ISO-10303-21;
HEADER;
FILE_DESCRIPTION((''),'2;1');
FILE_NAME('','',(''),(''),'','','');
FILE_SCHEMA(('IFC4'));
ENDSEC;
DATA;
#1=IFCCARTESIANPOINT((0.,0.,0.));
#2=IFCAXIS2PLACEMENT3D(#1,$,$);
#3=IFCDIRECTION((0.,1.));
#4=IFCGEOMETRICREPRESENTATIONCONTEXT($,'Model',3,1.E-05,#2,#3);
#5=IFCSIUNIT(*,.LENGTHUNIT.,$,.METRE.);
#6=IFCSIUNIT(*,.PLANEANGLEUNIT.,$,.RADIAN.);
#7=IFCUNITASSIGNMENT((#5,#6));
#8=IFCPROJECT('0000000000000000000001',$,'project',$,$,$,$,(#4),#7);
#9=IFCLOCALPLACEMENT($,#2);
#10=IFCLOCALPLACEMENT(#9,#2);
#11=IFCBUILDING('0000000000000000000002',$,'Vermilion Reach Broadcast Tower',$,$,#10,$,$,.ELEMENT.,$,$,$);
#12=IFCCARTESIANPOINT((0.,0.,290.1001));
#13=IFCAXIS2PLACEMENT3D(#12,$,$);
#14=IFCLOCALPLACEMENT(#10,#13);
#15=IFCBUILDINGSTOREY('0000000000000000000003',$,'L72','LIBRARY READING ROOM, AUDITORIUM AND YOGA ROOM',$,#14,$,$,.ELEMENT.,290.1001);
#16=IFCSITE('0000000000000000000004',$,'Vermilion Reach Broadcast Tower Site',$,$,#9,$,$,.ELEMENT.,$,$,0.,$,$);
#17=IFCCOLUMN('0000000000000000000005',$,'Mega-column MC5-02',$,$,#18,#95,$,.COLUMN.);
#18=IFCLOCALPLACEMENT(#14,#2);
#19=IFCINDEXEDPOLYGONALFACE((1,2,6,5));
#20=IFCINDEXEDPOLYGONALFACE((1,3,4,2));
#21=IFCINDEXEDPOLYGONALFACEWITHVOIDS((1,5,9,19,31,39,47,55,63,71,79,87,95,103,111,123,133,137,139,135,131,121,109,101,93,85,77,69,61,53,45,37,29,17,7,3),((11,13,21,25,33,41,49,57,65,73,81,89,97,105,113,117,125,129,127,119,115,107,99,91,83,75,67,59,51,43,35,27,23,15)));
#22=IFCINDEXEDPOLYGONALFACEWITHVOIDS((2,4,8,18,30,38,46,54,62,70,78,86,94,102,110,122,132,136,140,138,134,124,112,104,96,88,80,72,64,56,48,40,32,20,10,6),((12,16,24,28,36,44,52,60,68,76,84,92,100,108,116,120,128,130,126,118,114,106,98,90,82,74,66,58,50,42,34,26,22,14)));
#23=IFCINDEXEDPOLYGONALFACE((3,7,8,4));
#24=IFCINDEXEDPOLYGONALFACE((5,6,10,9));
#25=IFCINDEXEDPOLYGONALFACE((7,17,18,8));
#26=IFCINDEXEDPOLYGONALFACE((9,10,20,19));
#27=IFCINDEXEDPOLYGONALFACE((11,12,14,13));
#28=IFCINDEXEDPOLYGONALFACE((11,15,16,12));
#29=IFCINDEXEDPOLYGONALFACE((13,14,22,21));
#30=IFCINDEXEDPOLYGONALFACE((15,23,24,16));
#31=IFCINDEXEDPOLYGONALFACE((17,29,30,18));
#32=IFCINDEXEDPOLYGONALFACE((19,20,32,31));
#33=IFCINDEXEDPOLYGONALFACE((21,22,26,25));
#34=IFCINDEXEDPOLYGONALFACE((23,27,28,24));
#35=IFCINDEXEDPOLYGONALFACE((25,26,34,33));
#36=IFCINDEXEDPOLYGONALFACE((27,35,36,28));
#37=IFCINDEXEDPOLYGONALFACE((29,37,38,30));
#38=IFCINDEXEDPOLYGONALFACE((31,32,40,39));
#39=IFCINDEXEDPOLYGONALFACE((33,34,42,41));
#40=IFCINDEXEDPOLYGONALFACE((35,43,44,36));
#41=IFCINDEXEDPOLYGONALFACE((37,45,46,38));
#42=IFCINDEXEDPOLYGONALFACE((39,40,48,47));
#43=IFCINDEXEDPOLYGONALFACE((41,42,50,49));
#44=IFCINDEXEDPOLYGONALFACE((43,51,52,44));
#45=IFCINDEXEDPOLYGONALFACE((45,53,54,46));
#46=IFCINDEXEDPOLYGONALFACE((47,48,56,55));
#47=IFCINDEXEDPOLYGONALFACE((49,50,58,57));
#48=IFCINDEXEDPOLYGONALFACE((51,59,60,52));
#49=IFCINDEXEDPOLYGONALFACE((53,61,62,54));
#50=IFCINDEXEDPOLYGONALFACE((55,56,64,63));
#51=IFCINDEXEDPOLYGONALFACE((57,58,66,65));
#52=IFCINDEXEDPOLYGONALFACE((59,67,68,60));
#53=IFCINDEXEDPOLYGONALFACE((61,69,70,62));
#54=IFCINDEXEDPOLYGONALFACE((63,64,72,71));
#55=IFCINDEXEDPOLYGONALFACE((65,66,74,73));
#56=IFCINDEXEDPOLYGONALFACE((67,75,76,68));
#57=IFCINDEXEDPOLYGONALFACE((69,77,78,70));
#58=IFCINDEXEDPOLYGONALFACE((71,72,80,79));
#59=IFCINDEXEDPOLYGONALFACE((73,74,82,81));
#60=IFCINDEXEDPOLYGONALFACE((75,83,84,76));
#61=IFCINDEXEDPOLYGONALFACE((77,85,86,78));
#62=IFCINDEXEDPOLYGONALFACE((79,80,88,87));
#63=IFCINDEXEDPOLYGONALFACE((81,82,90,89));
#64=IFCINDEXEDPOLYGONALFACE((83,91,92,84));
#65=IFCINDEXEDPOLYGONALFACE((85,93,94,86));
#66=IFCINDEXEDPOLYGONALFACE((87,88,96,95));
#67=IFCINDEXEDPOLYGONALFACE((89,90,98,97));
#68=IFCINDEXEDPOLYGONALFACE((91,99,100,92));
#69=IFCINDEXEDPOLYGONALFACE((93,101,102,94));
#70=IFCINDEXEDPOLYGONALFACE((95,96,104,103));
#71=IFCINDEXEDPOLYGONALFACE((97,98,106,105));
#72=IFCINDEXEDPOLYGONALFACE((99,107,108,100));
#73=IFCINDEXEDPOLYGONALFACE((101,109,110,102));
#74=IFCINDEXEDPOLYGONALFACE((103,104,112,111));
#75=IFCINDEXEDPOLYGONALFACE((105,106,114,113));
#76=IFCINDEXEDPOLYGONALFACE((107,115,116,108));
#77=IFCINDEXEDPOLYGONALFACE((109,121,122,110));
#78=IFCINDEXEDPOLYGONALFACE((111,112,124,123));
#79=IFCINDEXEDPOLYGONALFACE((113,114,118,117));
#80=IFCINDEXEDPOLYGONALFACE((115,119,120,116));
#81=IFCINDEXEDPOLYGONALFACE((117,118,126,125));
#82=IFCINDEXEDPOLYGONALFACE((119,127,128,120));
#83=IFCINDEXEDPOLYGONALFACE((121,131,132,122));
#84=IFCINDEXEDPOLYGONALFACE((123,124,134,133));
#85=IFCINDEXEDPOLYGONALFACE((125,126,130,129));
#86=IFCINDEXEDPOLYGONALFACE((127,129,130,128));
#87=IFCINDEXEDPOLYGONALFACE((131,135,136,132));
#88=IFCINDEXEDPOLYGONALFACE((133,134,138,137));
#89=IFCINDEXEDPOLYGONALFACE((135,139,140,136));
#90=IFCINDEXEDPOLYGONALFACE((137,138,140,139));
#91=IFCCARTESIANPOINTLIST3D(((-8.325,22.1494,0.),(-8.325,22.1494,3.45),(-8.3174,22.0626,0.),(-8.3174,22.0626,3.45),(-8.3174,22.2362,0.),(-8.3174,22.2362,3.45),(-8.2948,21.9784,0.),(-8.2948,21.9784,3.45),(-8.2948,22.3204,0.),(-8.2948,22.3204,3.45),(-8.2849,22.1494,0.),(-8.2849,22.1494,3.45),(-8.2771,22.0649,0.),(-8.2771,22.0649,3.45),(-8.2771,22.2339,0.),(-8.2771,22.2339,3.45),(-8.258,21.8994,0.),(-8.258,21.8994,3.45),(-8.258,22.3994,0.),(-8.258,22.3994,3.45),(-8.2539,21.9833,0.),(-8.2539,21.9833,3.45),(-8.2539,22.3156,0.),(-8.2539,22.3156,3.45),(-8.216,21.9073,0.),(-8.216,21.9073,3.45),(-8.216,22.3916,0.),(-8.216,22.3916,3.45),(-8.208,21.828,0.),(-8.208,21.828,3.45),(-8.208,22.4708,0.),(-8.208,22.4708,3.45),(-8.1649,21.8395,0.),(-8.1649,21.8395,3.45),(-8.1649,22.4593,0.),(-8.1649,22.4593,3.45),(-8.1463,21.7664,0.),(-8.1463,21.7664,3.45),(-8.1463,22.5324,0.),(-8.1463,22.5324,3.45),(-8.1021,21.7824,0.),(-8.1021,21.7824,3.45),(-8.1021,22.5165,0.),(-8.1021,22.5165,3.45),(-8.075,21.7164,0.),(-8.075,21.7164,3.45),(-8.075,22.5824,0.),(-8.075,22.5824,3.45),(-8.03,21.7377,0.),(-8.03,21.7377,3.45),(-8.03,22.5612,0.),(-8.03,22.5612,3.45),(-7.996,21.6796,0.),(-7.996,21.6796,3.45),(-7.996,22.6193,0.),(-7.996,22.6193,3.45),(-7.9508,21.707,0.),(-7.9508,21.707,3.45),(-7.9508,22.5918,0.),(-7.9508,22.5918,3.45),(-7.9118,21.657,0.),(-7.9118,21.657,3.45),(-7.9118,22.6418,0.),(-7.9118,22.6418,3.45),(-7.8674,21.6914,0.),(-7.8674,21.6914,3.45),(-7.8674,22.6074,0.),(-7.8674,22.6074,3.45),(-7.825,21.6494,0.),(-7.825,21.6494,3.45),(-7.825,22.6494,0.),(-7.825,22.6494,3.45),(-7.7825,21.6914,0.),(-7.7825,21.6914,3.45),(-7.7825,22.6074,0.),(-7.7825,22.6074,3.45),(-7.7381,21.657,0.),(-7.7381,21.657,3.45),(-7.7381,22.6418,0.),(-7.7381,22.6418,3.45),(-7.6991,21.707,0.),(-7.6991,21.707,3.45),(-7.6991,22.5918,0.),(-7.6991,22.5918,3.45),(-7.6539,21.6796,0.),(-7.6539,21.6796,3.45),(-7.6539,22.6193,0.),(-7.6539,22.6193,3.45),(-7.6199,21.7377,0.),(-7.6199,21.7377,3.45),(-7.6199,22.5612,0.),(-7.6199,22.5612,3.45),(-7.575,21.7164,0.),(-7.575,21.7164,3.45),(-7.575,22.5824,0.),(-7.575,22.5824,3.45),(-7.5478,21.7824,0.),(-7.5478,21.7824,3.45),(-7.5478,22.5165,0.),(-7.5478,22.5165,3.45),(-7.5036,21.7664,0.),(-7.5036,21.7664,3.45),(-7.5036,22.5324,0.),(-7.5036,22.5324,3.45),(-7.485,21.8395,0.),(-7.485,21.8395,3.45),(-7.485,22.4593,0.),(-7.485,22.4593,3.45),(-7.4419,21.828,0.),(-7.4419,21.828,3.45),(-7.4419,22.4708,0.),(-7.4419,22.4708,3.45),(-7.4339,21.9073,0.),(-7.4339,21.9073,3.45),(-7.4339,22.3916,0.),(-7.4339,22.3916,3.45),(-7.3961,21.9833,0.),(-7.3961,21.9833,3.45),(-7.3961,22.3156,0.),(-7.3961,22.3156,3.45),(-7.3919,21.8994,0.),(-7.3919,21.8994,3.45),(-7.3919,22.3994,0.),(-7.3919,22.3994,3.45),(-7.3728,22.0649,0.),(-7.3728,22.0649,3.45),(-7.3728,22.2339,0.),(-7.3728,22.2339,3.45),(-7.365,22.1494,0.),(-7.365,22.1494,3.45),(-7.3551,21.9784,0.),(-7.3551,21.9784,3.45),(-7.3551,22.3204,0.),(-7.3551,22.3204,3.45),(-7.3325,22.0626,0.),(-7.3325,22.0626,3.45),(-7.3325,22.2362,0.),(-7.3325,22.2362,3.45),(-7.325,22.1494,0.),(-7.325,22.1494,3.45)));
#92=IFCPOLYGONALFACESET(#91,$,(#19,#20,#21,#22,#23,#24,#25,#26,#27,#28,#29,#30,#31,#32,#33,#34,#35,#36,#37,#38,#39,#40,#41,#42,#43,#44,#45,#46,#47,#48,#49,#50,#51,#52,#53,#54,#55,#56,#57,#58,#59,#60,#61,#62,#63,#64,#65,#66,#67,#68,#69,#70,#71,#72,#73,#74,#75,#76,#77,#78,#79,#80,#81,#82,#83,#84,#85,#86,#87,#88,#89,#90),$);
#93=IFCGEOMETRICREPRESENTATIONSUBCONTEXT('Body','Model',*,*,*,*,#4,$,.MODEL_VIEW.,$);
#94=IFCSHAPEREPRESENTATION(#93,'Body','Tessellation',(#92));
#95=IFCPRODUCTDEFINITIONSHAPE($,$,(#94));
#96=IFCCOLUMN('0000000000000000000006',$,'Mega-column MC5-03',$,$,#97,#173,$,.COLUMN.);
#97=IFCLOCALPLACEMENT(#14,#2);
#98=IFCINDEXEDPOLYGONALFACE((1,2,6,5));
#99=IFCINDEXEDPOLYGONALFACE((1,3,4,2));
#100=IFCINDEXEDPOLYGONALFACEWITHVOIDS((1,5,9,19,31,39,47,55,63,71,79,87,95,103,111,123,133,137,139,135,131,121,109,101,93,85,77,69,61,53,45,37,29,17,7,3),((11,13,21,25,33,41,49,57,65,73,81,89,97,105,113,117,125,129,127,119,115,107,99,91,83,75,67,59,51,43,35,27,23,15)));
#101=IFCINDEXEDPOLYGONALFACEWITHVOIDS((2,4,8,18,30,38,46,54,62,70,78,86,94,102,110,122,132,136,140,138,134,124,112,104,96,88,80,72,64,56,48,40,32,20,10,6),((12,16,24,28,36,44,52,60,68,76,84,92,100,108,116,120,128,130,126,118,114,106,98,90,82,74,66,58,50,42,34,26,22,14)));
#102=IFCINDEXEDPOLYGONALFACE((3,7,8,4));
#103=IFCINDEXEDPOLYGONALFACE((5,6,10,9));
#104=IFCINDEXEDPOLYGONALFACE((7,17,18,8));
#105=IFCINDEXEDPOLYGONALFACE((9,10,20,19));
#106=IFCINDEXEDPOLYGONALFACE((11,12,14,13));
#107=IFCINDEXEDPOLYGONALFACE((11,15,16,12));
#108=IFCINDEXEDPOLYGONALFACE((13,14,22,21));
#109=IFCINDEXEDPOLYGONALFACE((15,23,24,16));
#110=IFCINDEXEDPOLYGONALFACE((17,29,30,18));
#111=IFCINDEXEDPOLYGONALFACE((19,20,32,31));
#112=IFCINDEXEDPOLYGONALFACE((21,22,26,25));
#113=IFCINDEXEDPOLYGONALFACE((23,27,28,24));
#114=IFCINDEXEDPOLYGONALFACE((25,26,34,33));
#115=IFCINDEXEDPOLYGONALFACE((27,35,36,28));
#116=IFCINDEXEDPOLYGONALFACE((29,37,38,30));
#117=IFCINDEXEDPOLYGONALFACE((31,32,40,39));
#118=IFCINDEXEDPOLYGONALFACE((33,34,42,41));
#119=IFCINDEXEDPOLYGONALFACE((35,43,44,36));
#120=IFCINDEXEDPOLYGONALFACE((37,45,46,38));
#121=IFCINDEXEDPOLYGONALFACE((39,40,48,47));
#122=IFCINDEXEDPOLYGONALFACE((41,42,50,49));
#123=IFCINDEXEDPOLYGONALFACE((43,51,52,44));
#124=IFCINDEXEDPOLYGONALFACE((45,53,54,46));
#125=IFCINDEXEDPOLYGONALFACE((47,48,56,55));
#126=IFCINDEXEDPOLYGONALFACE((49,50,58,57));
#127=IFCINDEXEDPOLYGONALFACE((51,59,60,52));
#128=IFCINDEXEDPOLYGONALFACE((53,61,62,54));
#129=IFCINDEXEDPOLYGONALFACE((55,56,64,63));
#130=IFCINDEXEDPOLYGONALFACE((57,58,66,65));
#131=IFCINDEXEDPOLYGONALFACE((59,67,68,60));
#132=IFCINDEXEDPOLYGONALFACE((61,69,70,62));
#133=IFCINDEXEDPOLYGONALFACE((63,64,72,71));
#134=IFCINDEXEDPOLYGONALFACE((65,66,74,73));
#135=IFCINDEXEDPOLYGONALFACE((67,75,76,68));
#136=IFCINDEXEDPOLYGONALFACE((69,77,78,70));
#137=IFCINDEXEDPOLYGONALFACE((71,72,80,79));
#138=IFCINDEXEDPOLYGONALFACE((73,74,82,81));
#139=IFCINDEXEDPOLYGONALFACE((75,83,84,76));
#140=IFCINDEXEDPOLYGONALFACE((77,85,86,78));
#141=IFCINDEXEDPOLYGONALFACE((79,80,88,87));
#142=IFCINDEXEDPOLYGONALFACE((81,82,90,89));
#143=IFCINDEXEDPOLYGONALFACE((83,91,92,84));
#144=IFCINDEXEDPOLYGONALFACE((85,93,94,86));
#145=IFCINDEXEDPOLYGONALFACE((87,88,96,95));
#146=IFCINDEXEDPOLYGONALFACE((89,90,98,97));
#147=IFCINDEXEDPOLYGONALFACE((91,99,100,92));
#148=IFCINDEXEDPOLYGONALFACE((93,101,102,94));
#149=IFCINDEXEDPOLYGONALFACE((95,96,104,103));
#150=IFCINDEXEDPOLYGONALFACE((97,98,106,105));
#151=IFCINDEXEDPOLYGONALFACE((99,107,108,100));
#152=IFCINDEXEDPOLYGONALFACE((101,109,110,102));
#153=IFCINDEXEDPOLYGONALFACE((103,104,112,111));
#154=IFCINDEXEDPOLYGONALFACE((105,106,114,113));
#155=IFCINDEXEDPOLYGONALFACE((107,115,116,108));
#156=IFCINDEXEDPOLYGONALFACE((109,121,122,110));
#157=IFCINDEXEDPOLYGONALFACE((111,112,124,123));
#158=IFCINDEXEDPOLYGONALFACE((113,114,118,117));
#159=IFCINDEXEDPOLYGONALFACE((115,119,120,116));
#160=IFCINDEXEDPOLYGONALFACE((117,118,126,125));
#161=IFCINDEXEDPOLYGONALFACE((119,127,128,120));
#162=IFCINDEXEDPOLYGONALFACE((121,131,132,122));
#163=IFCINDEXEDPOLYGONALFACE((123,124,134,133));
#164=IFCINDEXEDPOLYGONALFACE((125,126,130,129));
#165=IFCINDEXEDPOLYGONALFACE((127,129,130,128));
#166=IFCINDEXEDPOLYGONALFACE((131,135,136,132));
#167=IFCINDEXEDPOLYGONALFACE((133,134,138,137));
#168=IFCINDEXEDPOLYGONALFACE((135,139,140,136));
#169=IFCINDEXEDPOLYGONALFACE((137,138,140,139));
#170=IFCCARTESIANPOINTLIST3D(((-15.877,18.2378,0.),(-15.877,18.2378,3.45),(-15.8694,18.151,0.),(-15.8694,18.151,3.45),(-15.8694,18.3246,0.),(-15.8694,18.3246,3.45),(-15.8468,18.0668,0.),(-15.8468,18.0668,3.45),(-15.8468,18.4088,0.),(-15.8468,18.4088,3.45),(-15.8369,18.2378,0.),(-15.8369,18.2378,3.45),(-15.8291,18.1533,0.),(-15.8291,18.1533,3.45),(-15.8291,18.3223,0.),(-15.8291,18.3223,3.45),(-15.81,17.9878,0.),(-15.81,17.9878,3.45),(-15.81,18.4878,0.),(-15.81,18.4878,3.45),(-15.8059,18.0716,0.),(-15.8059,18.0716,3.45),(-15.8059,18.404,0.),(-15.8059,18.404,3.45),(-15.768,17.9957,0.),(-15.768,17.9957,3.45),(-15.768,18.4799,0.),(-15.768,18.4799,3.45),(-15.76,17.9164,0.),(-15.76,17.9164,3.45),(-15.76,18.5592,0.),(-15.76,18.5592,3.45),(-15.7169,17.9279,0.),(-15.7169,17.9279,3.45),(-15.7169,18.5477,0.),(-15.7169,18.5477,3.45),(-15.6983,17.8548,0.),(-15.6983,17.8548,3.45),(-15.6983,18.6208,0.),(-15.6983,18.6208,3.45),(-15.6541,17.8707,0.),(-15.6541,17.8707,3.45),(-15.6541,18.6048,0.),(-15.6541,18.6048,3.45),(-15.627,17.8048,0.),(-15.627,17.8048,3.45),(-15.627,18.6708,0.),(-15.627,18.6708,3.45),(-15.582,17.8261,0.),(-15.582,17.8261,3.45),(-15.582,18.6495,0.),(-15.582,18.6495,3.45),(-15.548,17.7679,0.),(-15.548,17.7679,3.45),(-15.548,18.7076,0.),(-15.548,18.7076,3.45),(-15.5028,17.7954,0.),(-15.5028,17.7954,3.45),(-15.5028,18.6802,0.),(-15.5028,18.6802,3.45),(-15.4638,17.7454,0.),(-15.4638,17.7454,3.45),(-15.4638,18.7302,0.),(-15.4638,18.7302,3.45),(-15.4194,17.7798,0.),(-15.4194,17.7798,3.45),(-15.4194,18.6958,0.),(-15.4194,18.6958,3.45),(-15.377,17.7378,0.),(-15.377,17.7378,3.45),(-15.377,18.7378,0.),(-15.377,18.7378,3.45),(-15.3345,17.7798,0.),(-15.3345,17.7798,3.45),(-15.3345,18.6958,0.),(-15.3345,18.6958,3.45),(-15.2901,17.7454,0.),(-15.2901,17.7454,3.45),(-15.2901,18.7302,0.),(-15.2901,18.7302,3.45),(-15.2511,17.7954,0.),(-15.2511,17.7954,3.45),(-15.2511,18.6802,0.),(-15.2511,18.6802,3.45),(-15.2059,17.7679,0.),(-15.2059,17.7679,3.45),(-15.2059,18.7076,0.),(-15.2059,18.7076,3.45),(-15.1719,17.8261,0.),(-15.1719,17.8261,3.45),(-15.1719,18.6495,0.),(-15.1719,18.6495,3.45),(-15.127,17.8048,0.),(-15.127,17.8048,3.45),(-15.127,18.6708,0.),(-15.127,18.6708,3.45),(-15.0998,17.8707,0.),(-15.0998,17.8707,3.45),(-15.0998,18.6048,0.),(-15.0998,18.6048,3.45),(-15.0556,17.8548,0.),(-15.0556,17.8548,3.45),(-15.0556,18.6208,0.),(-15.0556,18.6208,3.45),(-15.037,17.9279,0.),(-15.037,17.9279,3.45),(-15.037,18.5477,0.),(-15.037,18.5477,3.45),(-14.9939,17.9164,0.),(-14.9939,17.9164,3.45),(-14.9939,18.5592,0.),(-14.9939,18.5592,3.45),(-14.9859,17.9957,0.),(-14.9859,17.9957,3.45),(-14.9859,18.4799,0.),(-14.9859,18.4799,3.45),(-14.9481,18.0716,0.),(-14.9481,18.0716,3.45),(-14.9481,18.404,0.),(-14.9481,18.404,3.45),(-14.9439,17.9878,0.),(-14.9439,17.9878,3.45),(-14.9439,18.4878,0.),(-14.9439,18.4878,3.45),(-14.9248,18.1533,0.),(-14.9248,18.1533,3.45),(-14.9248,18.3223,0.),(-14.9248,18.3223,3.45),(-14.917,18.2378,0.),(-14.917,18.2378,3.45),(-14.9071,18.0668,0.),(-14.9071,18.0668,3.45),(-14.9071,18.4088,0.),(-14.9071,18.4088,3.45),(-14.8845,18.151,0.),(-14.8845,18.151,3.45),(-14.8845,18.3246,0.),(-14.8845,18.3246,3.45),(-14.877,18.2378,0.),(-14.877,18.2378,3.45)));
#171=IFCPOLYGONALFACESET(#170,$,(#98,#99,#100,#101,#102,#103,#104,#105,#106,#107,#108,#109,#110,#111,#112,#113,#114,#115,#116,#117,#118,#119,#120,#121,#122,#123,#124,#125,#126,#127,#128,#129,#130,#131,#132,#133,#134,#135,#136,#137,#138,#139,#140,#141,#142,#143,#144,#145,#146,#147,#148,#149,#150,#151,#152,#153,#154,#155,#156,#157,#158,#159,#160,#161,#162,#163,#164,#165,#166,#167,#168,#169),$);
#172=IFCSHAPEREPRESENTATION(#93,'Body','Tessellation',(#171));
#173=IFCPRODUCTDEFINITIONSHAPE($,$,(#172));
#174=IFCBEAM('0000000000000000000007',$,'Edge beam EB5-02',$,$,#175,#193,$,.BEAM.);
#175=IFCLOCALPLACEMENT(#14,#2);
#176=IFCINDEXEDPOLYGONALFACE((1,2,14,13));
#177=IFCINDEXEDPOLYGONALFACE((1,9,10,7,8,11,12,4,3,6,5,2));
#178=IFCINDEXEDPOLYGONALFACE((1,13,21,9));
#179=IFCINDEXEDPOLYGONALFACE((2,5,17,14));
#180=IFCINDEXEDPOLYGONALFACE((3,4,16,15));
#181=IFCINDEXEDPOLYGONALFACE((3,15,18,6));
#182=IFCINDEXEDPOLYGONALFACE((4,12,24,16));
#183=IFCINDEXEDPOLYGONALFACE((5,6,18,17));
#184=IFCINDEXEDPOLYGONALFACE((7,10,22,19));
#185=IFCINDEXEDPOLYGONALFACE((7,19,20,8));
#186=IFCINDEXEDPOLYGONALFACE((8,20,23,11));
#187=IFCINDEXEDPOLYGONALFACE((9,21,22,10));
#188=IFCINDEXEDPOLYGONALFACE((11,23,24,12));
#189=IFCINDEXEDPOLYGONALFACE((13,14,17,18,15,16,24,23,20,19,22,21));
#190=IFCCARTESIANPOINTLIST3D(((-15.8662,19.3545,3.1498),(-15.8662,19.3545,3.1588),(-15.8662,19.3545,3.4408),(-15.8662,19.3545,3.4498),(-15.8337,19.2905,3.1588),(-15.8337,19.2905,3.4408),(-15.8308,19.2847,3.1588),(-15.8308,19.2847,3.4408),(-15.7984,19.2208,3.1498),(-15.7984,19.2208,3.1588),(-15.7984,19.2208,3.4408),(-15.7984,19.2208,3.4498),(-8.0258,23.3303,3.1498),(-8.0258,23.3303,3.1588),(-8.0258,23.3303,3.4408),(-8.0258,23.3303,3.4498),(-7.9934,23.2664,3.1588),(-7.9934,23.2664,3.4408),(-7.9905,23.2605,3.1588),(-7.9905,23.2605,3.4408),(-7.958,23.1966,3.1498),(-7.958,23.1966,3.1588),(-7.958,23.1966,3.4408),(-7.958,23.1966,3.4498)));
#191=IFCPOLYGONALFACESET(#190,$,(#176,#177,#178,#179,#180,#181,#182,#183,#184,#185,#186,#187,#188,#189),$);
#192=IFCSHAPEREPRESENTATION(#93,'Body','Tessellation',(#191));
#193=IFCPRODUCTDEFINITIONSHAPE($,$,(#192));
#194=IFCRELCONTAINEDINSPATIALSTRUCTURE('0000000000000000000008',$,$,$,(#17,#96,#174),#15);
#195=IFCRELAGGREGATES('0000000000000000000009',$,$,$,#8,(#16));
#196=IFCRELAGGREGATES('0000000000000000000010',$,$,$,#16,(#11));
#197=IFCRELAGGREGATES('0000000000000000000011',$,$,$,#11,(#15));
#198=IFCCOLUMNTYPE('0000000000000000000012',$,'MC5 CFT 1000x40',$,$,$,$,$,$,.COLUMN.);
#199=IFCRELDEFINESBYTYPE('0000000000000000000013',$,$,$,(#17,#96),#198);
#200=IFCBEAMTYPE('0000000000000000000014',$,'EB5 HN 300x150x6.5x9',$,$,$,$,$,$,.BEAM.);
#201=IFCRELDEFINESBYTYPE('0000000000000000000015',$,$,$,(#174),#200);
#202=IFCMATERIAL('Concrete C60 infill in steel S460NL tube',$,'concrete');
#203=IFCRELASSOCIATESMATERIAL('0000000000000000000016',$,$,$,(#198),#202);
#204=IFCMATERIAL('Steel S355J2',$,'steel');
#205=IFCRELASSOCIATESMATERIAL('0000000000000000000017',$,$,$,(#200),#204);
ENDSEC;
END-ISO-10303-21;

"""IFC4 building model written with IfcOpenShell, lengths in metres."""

from ifc_helpers import new_model, si_unit, direction, frame, origin, origin_2d, place, context, subcontext, project, spatial, hollow_circle, i_section, extrude, material, material_profile, profile_set, type_object, element, save


model = new_model("IFC4")

# Units and contexts
model_context = context("Model", 3, precision=1e-05, world=origin(), true_north=direction((0.0, 1.0)))
body_context = subcontext(model_context, "Body", "Model", "MODEL_VIEW")
ifc_project = project(units=[si_unit("LENGTHUNIT", "METRE"), si_unit("PLANEANGLEUNIT", "RADIAN")], contexts=[model_context])

# Site, building, storey
site_placement = place(None, origin())
site = spatial("IfcSite", under=ifc_project, at=site_placement, Name="Vermilion Reach Broadcast Tower Site", CompositionType="ELEMENT", RefElevation=0.0)
building_placement = place(site_placement, origin())
building = spatial("IfcBuilding", under=site, at=building_placement, Name="Vermilion Reach Broadcast Tower", CompositionType="ELEMENT")
storey_placement = place(building_placement, frame((0.0, 0.0, 290.1001)))
storey = spatial("IfcBuildingStorey", under=building, at=storey_placement, Name="L72", Description="LIBRARY READING ROOM, AUDITORIUM AND YOGA ROOM", CompositionType="ELEMENT", Elevation=290.1001)

# Columns
ifc_material_1 = material(Name="Concrete C60 infill in steel S460NL tube", Category="concrete")
ifc_material_profile_1 = material_profile(ifc_material_1, hollow_circle(Radius=0.5, WallThickness=0.04, at=origin_2d()), Name="Concrete C60 infill in steel S460NL tube CFT 1000x40")
ifc_profile_set_1 = profile_set([ifc_material_profile_1], Name="Concrete C60 infill in steel S460NL tube")
column_type = type_object("IfcColumnType", Name="MC5 CFT 1000x40", PredefinedType="COLUMN", material=ifc_profile_set_1)
for number, where, z_axis, x_axis, name in (
    (1, (-7.825, 22.1494, 0.0), (0.0, 0.0, 1.0), (1.0, 0.0, 0.0), "Mega-column MC5-02"),
    (2, (-15.377, 18.2378, 0.0), (0.0, 0.0, 1.0), (1.0, 0.0, 0.0), "Mega-column MC5-03"),
):
    element("IfcColumn", number, at=place(storey_placement, frame(where, z_axis=z_axis, x_axis=x_axis)), inside=storey, type_object=column_type, Name=name, PredefinedType="COLUMN", context=body_context, shape_type="SweptSolid", body=[
        extrude(hollow_circle(Radius=0.5, WallThickness=0.04, at=origin_2d()), origin(), (0.0, 0.0, 1.0), 3.45),
    ])

# Beam
ifc_material_2 = material(Name="Steel S355J2", Category="steel")
ifc_material_profile_2 = material_profile(ifc_material_2, i_section(OverallWidth=0.1499, OverallDepth=0.3, WebThickness=0.0066, FlangeThickness=0.009, at=origin_2d()), Name="S355J2 HN 300x150x6.5x9")
ifc_profile_set_2 = profile_set([ifc_material_profile_2], Name="Steel S355J2")
beam_type_1 = type_object("IfcBeamType", Name="EB5 HN 300x150x6.5x9", PredefinedType="BEAM", material=ifc_profile_set_2)
beam_1_placement = place(storey_placement, frame((-7.9919, 23.2634, 3.2998), z_axis=(-0.89188, -0.452272, 0.0), x_axis=(0.452272, -0.89188, 0.0)))
element("IfcBeam", 3, at=beam_1_placement, inside=storey, type_object=beam_type_1, Name="Edge beam EB5-02", PredefinedType="BEAM", context=body_context, shape_type="SweptSolid", body=[
    extrude(i_section(OverallWidth=0.1499, OverallDepth=0.3, WebThickness=0.0066, FlangeThickness=0.009, at=origin_2d()), origin(), (0.0, 0.0, 1.0), 8.7908),
])

save(model, "model.ifc")
